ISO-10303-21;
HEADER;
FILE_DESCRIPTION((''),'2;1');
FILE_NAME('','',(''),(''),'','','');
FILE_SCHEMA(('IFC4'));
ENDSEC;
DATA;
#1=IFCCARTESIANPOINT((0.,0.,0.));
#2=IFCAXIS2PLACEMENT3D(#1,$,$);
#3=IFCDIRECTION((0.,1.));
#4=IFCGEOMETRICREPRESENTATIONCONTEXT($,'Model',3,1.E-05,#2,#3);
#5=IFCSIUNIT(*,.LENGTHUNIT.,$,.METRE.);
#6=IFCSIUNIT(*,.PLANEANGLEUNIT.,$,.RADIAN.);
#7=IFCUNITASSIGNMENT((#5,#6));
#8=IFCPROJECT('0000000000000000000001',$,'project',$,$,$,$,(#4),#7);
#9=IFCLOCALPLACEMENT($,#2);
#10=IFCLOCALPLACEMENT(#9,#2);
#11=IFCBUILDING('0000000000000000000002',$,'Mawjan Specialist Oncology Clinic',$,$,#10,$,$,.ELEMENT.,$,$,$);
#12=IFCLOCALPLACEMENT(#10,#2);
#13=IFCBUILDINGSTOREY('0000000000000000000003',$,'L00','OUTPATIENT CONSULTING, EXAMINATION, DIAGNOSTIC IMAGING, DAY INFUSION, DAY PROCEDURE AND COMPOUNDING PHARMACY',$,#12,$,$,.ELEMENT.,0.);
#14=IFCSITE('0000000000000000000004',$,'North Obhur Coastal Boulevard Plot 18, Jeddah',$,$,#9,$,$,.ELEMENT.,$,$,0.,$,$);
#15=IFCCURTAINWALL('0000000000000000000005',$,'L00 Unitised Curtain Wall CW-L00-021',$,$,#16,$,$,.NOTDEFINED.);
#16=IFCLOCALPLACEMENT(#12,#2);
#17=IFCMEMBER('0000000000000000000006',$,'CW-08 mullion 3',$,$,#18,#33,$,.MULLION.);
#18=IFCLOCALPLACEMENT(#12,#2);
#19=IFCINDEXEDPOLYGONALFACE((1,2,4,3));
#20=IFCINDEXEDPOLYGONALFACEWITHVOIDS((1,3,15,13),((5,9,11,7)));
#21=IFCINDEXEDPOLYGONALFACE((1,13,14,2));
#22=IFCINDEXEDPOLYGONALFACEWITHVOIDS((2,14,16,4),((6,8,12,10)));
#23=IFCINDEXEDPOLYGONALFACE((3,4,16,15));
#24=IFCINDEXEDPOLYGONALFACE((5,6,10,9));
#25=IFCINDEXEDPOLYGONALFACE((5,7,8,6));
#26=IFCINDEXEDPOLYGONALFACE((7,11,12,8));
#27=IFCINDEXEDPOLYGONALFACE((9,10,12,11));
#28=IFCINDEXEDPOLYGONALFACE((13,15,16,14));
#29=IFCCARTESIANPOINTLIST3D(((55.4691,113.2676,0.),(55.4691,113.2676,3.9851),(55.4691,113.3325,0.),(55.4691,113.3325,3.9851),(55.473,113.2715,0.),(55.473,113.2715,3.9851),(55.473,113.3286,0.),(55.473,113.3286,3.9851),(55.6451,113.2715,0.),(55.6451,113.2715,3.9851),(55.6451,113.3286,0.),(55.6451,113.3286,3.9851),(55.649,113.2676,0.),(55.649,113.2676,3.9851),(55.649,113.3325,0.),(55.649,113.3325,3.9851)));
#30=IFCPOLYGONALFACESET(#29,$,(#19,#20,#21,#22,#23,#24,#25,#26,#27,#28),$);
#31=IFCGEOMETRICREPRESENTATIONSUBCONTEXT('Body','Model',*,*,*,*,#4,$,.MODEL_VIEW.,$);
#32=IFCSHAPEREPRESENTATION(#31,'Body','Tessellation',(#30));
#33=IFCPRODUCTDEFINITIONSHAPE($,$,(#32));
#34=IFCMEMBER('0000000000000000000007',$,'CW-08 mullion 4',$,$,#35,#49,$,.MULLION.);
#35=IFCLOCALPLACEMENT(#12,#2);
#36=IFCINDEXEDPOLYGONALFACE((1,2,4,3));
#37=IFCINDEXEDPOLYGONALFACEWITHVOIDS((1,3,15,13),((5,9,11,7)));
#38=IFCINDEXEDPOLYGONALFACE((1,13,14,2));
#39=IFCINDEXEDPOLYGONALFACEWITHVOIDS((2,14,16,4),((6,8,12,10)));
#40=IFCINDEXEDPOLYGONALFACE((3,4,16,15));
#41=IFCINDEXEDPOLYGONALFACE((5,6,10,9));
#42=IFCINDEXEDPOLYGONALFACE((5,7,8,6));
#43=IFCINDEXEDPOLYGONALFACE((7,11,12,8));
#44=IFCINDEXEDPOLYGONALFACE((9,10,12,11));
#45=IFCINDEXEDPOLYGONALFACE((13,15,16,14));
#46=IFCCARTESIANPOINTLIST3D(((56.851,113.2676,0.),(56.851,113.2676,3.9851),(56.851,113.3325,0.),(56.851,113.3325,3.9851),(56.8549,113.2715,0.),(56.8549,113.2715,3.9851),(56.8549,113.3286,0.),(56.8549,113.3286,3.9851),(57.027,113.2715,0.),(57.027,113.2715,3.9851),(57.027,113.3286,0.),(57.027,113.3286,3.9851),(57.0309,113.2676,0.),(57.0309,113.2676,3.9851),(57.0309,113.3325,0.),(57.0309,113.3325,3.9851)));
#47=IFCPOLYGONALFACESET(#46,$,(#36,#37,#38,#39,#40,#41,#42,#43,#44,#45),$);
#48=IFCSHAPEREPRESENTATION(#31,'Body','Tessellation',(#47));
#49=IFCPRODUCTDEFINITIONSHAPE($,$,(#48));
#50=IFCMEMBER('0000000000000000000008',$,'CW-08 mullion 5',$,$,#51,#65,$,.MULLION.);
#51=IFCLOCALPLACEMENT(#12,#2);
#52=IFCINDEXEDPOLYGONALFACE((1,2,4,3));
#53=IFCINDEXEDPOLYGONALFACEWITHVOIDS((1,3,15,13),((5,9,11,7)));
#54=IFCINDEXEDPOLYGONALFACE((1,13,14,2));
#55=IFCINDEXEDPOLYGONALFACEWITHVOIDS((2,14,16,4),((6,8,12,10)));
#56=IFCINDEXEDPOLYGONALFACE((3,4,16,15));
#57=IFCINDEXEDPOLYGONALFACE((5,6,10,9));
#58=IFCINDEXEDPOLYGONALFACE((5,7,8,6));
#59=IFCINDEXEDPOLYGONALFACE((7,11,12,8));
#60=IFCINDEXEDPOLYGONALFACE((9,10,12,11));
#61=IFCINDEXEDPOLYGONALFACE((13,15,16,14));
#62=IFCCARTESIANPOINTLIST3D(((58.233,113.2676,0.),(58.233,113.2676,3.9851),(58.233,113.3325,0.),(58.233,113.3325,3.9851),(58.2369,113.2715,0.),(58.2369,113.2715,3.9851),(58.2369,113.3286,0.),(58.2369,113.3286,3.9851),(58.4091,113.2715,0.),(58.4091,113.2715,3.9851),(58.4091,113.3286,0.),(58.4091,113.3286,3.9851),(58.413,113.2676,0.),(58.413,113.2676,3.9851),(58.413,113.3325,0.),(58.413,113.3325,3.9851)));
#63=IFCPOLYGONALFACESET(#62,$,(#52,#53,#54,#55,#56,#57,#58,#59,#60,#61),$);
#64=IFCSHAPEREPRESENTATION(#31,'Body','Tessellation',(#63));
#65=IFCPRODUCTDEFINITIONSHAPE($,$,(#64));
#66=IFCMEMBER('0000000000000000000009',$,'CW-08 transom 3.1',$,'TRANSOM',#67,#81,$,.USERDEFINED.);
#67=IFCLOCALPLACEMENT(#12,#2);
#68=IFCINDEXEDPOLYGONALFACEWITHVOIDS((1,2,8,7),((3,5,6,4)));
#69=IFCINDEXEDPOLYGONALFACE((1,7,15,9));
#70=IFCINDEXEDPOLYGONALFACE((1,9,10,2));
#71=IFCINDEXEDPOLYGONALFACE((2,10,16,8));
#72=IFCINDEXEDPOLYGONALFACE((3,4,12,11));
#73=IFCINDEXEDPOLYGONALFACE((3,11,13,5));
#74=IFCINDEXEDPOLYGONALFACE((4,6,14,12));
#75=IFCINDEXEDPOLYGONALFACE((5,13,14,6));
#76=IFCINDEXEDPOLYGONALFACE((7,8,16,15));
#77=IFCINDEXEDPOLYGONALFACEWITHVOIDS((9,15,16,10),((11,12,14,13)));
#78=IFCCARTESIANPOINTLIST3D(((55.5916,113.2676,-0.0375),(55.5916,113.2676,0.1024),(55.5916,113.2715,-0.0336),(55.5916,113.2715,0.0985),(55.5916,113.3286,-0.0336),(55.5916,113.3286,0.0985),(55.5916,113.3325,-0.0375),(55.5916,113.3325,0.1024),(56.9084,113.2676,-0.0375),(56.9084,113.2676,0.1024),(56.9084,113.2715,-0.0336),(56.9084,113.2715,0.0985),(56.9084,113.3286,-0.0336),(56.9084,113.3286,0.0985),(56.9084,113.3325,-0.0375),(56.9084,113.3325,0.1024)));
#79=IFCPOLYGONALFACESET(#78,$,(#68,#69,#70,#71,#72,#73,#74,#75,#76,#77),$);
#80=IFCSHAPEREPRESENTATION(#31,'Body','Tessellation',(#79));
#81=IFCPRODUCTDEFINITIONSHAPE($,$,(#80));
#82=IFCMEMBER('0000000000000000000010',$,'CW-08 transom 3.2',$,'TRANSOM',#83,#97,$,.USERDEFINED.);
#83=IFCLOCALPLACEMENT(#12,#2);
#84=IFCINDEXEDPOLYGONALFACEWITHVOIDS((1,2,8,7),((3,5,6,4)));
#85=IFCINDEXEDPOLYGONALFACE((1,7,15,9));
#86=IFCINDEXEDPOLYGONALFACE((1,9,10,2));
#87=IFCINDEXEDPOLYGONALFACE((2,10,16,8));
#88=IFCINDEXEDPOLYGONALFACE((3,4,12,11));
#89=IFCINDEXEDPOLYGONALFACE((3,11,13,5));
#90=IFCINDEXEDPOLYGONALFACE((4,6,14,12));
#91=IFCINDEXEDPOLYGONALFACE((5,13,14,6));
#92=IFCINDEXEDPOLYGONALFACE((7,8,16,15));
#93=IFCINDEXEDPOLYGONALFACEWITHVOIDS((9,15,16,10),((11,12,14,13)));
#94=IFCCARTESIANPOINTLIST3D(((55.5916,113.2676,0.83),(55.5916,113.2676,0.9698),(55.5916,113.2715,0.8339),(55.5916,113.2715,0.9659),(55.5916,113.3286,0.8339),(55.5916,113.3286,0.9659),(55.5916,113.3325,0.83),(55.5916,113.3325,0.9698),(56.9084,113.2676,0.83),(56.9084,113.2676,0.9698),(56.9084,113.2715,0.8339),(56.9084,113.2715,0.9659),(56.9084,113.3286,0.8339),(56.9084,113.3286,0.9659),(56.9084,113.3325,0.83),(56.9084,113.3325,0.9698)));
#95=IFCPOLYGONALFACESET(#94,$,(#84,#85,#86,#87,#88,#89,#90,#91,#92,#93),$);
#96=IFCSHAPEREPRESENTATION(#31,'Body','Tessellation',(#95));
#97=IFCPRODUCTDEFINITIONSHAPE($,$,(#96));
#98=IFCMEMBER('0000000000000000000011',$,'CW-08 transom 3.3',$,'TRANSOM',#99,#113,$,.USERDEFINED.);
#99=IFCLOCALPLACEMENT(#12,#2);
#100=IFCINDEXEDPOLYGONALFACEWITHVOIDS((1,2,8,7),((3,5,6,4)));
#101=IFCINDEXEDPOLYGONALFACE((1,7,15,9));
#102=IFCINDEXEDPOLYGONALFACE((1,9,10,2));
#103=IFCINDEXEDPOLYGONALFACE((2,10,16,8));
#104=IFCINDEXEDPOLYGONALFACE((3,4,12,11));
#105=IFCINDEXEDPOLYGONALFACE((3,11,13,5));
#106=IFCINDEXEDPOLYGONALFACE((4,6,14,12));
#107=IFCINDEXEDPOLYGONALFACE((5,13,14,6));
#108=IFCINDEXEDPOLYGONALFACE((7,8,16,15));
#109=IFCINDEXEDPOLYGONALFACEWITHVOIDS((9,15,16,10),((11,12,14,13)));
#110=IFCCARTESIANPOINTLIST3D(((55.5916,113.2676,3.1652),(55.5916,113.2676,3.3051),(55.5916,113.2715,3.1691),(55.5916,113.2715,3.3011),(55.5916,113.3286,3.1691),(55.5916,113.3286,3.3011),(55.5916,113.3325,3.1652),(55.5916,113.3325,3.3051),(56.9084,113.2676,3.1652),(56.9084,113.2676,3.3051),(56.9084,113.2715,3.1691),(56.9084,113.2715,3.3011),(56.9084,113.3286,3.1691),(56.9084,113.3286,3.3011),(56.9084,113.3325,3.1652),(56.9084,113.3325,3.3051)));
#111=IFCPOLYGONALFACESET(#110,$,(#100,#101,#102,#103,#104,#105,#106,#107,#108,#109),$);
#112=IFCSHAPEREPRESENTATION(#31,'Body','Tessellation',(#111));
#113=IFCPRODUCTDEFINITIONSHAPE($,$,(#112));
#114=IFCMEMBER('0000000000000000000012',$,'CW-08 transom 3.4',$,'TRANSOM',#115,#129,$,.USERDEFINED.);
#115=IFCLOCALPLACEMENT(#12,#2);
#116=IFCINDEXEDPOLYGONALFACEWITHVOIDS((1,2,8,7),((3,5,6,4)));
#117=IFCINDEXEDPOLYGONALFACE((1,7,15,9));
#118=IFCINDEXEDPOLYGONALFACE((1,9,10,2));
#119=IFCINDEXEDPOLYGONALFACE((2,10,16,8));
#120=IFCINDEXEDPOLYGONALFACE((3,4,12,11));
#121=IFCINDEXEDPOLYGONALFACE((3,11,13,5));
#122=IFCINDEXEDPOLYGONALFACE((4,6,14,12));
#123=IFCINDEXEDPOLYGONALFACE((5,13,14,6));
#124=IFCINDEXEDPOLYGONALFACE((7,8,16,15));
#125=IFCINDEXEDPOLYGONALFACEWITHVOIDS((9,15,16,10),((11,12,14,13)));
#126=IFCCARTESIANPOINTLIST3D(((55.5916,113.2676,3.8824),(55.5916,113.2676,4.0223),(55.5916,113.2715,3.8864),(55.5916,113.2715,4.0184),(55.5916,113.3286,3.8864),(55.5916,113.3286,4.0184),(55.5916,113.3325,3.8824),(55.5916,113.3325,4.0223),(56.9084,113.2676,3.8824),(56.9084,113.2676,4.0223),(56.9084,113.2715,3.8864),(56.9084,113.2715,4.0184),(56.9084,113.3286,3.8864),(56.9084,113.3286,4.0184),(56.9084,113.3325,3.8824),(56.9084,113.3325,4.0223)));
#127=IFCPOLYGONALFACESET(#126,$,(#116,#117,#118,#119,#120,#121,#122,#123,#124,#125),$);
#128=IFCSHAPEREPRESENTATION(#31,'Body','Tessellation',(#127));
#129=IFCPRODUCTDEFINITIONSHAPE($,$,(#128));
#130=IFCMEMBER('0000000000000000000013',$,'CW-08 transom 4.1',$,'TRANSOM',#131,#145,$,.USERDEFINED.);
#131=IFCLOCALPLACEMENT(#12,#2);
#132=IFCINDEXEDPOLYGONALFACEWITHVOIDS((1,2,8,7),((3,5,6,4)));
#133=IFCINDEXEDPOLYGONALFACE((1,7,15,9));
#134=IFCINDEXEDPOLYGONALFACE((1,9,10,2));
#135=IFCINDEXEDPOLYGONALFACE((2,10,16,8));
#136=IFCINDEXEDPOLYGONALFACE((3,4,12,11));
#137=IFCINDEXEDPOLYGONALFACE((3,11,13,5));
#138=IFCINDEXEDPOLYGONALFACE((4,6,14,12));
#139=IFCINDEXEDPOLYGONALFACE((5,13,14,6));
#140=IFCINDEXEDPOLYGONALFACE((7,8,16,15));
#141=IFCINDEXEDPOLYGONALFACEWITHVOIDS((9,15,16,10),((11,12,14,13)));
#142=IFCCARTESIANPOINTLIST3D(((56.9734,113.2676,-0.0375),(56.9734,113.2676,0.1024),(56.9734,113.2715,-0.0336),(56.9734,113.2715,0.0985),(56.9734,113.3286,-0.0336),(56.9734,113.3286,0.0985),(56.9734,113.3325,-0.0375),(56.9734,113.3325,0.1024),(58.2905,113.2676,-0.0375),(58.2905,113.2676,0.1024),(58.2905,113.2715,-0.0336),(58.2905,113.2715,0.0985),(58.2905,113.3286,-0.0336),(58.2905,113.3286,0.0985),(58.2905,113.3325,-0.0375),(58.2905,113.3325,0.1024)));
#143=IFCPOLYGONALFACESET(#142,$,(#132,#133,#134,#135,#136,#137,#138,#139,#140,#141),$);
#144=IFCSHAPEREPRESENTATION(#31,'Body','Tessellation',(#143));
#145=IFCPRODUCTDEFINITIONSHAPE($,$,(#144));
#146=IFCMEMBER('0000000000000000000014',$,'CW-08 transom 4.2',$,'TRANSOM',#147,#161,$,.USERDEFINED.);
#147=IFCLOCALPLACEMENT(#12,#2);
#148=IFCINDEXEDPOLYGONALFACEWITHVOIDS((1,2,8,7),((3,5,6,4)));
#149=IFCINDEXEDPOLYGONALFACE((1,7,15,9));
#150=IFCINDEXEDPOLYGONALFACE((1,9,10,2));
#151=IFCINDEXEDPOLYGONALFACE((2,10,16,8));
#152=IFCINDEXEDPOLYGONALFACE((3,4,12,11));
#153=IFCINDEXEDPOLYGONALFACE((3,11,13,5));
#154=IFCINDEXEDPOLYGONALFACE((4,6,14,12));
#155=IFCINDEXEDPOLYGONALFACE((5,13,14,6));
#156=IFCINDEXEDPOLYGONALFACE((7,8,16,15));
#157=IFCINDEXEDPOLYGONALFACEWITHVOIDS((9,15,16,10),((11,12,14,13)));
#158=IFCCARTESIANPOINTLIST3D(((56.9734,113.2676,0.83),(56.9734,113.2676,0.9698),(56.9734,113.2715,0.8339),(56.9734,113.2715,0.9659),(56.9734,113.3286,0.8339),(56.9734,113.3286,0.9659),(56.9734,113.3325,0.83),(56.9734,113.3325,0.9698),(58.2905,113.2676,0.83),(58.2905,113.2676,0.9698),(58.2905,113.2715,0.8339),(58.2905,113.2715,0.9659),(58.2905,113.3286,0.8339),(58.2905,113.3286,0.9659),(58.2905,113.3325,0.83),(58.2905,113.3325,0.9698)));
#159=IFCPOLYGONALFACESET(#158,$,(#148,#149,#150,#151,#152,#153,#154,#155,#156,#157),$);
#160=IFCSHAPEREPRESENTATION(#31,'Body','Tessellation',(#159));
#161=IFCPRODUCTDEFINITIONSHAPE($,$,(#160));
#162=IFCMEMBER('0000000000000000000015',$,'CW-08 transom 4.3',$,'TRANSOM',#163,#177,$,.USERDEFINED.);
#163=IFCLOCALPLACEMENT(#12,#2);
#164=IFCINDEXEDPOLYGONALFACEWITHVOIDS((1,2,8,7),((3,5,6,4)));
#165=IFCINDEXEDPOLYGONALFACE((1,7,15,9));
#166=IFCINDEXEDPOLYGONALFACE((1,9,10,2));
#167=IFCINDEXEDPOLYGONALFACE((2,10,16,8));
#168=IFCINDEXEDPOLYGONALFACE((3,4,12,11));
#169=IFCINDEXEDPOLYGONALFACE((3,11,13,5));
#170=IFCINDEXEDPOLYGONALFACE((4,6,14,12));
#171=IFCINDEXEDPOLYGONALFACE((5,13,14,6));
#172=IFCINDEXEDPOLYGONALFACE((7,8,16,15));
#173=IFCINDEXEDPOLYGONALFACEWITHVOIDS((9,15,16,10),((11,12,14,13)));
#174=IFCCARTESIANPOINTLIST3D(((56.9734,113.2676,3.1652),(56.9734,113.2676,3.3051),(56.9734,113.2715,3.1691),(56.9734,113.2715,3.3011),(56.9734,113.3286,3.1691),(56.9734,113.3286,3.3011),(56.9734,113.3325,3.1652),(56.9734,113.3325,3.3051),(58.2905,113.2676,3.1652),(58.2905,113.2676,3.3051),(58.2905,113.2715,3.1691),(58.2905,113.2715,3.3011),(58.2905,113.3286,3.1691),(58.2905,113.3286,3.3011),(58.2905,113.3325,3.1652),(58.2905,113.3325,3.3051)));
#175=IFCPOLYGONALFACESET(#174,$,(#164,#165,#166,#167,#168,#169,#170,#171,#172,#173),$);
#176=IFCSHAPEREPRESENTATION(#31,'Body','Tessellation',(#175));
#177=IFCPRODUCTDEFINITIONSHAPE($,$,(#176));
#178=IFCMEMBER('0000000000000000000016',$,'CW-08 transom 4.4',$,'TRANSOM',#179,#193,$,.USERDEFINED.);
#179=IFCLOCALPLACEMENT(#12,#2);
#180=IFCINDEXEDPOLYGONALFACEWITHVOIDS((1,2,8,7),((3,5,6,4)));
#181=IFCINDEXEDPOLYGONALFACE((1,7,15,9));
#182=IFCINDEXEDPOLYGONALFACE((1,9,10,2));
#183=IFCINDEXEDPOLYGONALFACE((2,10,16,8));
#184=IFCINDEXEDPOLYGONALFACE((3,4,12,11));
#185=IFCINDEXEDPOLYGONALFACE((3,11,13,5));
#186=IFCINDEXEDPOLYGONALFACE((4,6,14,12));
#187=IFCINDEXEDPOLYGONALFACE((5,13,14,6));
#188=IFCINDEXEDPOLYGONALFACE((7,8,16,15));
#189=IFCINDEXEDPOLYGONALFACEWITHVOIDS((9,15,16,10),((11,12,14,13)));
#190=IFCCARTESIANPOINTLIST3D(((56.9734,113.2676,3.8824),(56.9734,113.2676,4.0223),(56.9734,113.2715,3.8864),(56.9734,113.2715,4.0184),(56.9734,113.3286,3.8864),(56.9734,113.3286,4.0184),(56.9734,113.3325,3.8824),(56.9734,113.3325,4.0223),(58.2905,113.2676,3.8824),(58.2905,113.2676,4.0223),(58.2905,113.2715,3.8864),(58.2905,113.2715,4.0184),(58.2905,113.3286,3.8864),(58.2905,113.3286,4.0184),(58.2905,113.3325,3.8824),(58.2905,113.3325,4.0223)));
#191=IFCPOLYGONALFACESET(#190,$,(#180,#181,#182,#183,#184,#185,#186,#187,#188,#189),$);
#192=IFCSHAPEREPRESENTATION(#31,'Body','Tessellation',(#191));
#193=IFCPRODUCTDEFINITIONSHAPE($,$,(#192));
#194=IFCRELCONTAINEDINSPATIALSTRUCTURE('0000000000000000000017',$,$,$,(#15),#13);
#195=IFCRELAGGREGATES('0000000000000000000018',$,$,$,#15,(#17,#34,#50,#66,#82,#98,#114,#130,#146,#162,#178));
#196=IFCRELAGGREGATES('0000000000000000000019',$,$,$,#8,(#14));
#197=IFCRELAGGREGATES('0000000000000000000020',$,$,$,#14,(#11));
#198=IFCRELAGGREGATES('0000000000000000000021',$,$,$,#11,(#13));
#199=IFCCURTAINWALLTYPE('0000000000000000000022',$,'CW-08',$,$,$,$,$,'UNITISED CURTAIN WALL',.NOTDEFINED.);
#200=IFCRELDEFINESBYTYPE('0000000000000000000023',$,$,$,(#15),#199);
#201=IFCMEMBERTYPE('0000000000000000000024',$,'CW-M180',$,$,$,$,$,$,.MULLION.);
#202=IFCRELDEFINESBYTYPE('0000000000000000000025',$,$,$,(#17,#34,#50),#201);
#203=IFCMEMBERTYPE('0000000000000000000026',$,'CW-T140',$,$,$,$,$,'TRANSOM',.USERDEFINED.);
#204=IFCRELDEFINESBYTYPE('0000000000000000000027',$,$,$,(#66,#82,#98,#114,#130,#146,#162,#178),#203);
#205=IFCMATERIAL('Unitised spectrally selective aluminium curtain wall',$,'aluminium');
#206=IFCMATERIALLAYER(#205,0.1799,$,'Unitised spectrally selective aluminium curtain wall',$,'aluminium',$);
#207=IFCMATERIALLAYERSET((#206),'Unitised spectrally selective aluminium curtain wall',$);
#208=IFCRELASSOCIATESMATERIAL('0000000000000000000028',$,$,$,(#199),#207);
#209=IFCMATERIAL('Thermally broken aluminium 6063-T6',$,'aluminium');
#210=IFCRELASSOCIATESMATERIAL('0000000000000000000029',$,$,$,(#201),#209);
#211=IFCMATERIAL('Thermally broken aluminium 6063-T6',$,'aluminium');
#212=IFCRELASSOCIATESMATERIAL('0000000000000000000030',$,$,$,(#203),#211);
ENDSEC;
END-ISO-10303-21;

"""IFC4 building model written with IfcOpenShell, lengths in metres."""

from ifc_helpers import new_model, si_unit, direction, frame, origin, origin_2d, place, context, subcontext, project, spatial, hollow_rectangle, extrude, material, layer, layer_set, material_profile, profile_set, type_object, element, aggregate, save


model = new_model("IFC4")

# Units and contexts
model_context = context("Model", 3, precision=1e-05, world=origin(), true_north=direction((0.0, 1.0)))
body_context = subcontext(model_context, "Body", "Model", "MODEL_VIEW")
ifc_project = project(units=[si_unit("LENGTHUNIT", "METRE"), si_unit("PLANEANGLEUNIT", "RADIAN")], contexts=[model_context])

# Site, building, storey
site_placement = place(None, origin())
site = spatial("IfcSite", under=ifc_project, at=site_placement, Name="North Obhur Coastal Boulevard Plot 18, Jeddah", CompositionType="ELEMENT", RefElevation=0.0)
building_placement = place(site_placement, origin())
building = spatial("IfcBuilding", under=site, at=building_placement, Name="Mawjan Specialist Oncology Clinic", CompositionType="ELEMENT")
storey_placement = place(building_placement, origin())
storey = spatial("IfcBuildingStorey", under=building, at=storey_placement, Name="L00", Description="OUTPATIENT CONSULTING, EXAMINATION, DIAGNOSTIC IMAGING, DAY INFUSION, DAY PROCEDURE AND COMPOUNDING PHARMACY", CompositionType="ELEMENT", Elevation=0.0)

# Curtain wall, members
ifc_material_1 = material(Name="Unitised spectrally selective aluminium curtain wall", Category="aluminium")
ifc_layer_1 = layer(ifc_material_1, 0.1799, Name="Unitised spectrally selective aluminium curtain wall", Category="aluminium")
ifc_layer_set_1 = layer_set([ifc_layer_1], Name="Unitised spectrally selective aluminium curtain wall")
curtain_wall_type = type_object("IfcCurtainWallType", Name="CW-08", ElementType="UNITISED CURTAIN WALL", PredefinedType="NOTDEFINED", material=ifc_layer_set_1)
curtain_wall_placement = place(storey_placement, origin())
curtain_wall = element("IfcCurtainWall", 1, at=curtain_wall_placement, inside=storey, type_object=curtain_wall_type, Name="L00 Unitised Curtain Wall CW-L00-021", PredefinedType="NOTDEFINED")
ifc_material_2 = material(Name="Thermally broken aluminium 6063-T6", Category="aluminium")
ifc_material_profile_1 = material_profile(ifc_material_2, hollow_rectangle(XDim=0.0649, YDim=0.1799, WallThickness=0.0039, at=origin_2d()), Name="ALU MULLION 180x65x4", Category="aluminium")
ifc_profile_set_1 = profile_set([ifc_material_profile_1], Name="Thermally broken aluminium 6063-T6")
member_type_1 = type_object("IfcMemberType", Name="CW-M180", PredefinedType="MULLION", material=ifc_profile_set_1)
member_1_placement = place(storey_placement, frame((55.5591, 113.3, 0.0), z_axis=(0.0, 0.0, 1.0), x_axis=(0.0, 1.0, 0.0)))
member_1 = element("IfcMember", 2, at=member_1_placement, type_object=member_type_1, Name="CW-08 mullion 3", PredefinedType="MULLION", context=body_context, shape_type="SweptSolid", body=[
    extrude(hollow_rectangle(XDim=0.0649, YDim=0.1799, WallThickness=0.0039, at=origin_2d()), origin(), (0.0, 0.0, 1.0), 3.9851),
])
member_2_placement = place(storey_placement, frame((56.9409, 113.3, 0.0), z_axis=(0.0, 0.0, 1.0), x_axis=(0.0, 1.0, 0.0)))
member_2 = element("IfcMember", 3, at=member_2_placement, type_object=member_type_1, Name="CW-08 mullion 4", PredefinedType="MULLION", context=body_context, shape_type="SweptSolid", body=[
    extrude(hollow_rectangle(XDim=0.0649, YDim=0.1799, WallThickness=0.0039, at=origin_2d()), origin(), (0.0, 0.0, 1.0), 3.9851),
])
member_3_placement = place(storey_placement, frame((58.323, 113.3, 0.0), z_axis=(0.0, 0.0, 1.0), x_axis=(0.0, 1.0, 0.0)))
member_3 = element("IfcMember", 4, at=member_3_placement, type_object=member_type_1, Name="CW-08 mullion 5", PredefinedType="MULLION", context=body_context, shape_type="SweptSolid", body=[
    extrude(hollow_rectangle(XDim=0.0649, YDim=0.1799, WallThickness=0.0039, at=origin_2d()), origin(), (0.0, 0.0, 1.0), 3.9851),
])
ifc_material_3 = material(Name="Thermally broken aluminium 6063-T6", Category="aluminium")
ifc_material_profile_2 = material_profile(ifc_material_3, hollow_rectangle(XDim=0.0649, YDim=0.1399, WallThickness=0.0039, at=origin_2d()), Name="ALU TRANSOM 140x65x4", Category="aluminium")
ifc_profile_set_2 = profile_set([ifc_material_profile_2], Name="Thermally broken aluminium 6063-T6")
member_type_2 = type_object("IfcMemberType", Name="CW-T140", ElementType="TRANSOM", PredefinedType="USERDEFINED", material=ifc_profile_set_2)
member_4_placement = place(storey_placement, frame((55.5916, 113.3, 0.0325), z_axis=(1.0, 0.0, 0.0), x_axis=(0.0, 1.0, 0.0)))
member_4 = element("IfcMember", 5, at=member_4_placement, type_object=member_type_2, Name="CW-08 transom 3.1", ObjectType="TRANSOM", PredefinedType="USERDEFINED", context=body_context, shape_type="SweptSolid", body=[
    extrude(hollow_rectangle(XDim=0.0649, YDim=0.1399, WallThickness=0.0039, at=origin_2d()), origin(), (0.0, 0.0, 1.0), 1.3169),
])
member_5_placement = place(storey_placement, frame((55.5916, 113.3, 0.8999), z_axis=(1.0, 0.0, 0.0), x_axis=(0.0, 1.0, 0.0)))
member_5 = element("IfcMember", 6, at=member_5_placement, type_object=member_type_2, Name="CW-08 transom 3.2", ObjectType="TRANSOM", PredefinedType="USERDEFINED", context=body_context, shape_type="SweptSolid", body=[
    extrude(hollow_rectangle(XDim=0.0649, YDim=0.1399, WallThickness=0.0039, at=origin_2d()), origin(), (0.0, 0.0, 1.0), 1.3169),
])
member_6_placement = place(storey_placement, frame((55.5916, 113.3, 3.2351), z_axis=(1.0, 0.0, 0.0), x_axis=(0.0, 1.0, 0.0)))
member_6 = element("IfcMember", 7, at=member_6_placement, type_object=member_type_2, Name="CW-08 transom 3.3", ObjectType="TRANSOM", PredefinedType="USERDEFINED", context=body_context, shape_type="SweptSolid", body=[
    extrude(hollow_rectangle(XDim=0.0649, YDim=0.1399, WallThickness=0.0039, at=origin_2d()), origin(), (0.0, 0.0, 1.0), 1.3169),
])
member_7_placement = place(storey_placement, frame((55.5916, 113.3, 3.9524), z_axis=(1.0, 0.0, 0.0), x_axis=(0.0, 1.0, 0.0)))
member_7 = element("IfcMember", 8, at=member_7_placement, type_object=member_type_2, Name="CW-08 transom 3.4", ObjectType="TRANSOM", PredefinedType="USERDEFINED", context=body_context, shape_type="SweptSolid", body=[
    extrude(hollow_rectangle(XDim=0.0649, YDim=0.1399, WallThickness=0.0039, at=origin_2d()), origin(), (0.0, 0.0, 1.0), 1.3169),
])
member_8_placement = place(storey_placement, frame((56.9734, 113.3, 0.0325), z_axis=(1.0, 0.0, 0.0), x_axis=(0.0, 1.0, 0.0)))
member_8 = element("IfcMember", 9, at=member_8_placement, type_object=member_type_2, Name="CW-08 transom 4.1", ObjectType="TRANSOM", PredefinedType="USERDEFINED", context=body_context, shape_type="SweptSolid", body=[
    extrude(hollow_rectangle(XDim=0.0649, YDim=0.1399, WallThickness=0.0039, at=origin_2d()), origin(), (0.0, 0.0, 1.0), 1.3171),
])
member_9_placement = place(storey_placement, frame((56.9734, 113.3, 0.8999), z_axis=(1.0, 0.0, 0.0), x_axis=(0.0, 1.0, 0.0)))
member_9 = element("IfcMember", 10, at=member_9_placement, type_object=member_type_2, Name="CW-08 transom 4.2", ObjectType="TRANSOM", PredefinedType="USERDEFINED", context=body_context, shape_type="SweptSolid", body=[
    extrude(hollow_rectangle(XDim=0.0649, YDim=0.1399, WallThickness=0.0039, at=origin_2d()), origin(), (0.0, 0.0, 1.0), 1.3171),
])
member_10_placement = place(storey_placement, frame((56.9734, 113.3, 3.2351), z_axis=(1.0, 0.0, 0.0), x_axis=(0.0, 1.0, 0.0)))
member_10 = element("IfcMember", 11, at=member_10_placement, type_object=member_type_2, Name="CW-08 transom 4.3", ObjectType="TRANSOM", PredefinedType="USERDEFINED", context=body_context, shape_type="SweptSolid", body=[
    extrude(hollow_rectangle(XDim=0.0649, YDim=0.1399, WallThickness=0.0039, at=origin_2d()), origin(), (0.0, 0.0, 1.0), 1.3171),
])
member_11_placement = place(storey_placement, frame((56.9734, 113.3, 3.9524), z_axis=(1.0, 0.0, 0.0), x_axis=(0.0, 1.0, 0.0)))
member_11 = element("IfcMember", 12, at=member_11_placement, type_object=member_type_2, Name="CW-08 transom 4.4", ObjectType="TRANSOM", PredefinedType="USERDEFINED", context=body_context, shape_type="SweptSolid", body=[
    extrude(hollow_rectangle(XDim=0.0649, YDim=0.1399, WallThickness=0.0039, at=origin_2d()), origin(), (0.0, 0.0, 1.0), 1.3171),
])
aggregate(curtain_wall, [member_1, member_2, member_3, member_4, member_5, member_6, member_7, member_8, member_9, member_10, member_11])

save(model, "model.ifc")
